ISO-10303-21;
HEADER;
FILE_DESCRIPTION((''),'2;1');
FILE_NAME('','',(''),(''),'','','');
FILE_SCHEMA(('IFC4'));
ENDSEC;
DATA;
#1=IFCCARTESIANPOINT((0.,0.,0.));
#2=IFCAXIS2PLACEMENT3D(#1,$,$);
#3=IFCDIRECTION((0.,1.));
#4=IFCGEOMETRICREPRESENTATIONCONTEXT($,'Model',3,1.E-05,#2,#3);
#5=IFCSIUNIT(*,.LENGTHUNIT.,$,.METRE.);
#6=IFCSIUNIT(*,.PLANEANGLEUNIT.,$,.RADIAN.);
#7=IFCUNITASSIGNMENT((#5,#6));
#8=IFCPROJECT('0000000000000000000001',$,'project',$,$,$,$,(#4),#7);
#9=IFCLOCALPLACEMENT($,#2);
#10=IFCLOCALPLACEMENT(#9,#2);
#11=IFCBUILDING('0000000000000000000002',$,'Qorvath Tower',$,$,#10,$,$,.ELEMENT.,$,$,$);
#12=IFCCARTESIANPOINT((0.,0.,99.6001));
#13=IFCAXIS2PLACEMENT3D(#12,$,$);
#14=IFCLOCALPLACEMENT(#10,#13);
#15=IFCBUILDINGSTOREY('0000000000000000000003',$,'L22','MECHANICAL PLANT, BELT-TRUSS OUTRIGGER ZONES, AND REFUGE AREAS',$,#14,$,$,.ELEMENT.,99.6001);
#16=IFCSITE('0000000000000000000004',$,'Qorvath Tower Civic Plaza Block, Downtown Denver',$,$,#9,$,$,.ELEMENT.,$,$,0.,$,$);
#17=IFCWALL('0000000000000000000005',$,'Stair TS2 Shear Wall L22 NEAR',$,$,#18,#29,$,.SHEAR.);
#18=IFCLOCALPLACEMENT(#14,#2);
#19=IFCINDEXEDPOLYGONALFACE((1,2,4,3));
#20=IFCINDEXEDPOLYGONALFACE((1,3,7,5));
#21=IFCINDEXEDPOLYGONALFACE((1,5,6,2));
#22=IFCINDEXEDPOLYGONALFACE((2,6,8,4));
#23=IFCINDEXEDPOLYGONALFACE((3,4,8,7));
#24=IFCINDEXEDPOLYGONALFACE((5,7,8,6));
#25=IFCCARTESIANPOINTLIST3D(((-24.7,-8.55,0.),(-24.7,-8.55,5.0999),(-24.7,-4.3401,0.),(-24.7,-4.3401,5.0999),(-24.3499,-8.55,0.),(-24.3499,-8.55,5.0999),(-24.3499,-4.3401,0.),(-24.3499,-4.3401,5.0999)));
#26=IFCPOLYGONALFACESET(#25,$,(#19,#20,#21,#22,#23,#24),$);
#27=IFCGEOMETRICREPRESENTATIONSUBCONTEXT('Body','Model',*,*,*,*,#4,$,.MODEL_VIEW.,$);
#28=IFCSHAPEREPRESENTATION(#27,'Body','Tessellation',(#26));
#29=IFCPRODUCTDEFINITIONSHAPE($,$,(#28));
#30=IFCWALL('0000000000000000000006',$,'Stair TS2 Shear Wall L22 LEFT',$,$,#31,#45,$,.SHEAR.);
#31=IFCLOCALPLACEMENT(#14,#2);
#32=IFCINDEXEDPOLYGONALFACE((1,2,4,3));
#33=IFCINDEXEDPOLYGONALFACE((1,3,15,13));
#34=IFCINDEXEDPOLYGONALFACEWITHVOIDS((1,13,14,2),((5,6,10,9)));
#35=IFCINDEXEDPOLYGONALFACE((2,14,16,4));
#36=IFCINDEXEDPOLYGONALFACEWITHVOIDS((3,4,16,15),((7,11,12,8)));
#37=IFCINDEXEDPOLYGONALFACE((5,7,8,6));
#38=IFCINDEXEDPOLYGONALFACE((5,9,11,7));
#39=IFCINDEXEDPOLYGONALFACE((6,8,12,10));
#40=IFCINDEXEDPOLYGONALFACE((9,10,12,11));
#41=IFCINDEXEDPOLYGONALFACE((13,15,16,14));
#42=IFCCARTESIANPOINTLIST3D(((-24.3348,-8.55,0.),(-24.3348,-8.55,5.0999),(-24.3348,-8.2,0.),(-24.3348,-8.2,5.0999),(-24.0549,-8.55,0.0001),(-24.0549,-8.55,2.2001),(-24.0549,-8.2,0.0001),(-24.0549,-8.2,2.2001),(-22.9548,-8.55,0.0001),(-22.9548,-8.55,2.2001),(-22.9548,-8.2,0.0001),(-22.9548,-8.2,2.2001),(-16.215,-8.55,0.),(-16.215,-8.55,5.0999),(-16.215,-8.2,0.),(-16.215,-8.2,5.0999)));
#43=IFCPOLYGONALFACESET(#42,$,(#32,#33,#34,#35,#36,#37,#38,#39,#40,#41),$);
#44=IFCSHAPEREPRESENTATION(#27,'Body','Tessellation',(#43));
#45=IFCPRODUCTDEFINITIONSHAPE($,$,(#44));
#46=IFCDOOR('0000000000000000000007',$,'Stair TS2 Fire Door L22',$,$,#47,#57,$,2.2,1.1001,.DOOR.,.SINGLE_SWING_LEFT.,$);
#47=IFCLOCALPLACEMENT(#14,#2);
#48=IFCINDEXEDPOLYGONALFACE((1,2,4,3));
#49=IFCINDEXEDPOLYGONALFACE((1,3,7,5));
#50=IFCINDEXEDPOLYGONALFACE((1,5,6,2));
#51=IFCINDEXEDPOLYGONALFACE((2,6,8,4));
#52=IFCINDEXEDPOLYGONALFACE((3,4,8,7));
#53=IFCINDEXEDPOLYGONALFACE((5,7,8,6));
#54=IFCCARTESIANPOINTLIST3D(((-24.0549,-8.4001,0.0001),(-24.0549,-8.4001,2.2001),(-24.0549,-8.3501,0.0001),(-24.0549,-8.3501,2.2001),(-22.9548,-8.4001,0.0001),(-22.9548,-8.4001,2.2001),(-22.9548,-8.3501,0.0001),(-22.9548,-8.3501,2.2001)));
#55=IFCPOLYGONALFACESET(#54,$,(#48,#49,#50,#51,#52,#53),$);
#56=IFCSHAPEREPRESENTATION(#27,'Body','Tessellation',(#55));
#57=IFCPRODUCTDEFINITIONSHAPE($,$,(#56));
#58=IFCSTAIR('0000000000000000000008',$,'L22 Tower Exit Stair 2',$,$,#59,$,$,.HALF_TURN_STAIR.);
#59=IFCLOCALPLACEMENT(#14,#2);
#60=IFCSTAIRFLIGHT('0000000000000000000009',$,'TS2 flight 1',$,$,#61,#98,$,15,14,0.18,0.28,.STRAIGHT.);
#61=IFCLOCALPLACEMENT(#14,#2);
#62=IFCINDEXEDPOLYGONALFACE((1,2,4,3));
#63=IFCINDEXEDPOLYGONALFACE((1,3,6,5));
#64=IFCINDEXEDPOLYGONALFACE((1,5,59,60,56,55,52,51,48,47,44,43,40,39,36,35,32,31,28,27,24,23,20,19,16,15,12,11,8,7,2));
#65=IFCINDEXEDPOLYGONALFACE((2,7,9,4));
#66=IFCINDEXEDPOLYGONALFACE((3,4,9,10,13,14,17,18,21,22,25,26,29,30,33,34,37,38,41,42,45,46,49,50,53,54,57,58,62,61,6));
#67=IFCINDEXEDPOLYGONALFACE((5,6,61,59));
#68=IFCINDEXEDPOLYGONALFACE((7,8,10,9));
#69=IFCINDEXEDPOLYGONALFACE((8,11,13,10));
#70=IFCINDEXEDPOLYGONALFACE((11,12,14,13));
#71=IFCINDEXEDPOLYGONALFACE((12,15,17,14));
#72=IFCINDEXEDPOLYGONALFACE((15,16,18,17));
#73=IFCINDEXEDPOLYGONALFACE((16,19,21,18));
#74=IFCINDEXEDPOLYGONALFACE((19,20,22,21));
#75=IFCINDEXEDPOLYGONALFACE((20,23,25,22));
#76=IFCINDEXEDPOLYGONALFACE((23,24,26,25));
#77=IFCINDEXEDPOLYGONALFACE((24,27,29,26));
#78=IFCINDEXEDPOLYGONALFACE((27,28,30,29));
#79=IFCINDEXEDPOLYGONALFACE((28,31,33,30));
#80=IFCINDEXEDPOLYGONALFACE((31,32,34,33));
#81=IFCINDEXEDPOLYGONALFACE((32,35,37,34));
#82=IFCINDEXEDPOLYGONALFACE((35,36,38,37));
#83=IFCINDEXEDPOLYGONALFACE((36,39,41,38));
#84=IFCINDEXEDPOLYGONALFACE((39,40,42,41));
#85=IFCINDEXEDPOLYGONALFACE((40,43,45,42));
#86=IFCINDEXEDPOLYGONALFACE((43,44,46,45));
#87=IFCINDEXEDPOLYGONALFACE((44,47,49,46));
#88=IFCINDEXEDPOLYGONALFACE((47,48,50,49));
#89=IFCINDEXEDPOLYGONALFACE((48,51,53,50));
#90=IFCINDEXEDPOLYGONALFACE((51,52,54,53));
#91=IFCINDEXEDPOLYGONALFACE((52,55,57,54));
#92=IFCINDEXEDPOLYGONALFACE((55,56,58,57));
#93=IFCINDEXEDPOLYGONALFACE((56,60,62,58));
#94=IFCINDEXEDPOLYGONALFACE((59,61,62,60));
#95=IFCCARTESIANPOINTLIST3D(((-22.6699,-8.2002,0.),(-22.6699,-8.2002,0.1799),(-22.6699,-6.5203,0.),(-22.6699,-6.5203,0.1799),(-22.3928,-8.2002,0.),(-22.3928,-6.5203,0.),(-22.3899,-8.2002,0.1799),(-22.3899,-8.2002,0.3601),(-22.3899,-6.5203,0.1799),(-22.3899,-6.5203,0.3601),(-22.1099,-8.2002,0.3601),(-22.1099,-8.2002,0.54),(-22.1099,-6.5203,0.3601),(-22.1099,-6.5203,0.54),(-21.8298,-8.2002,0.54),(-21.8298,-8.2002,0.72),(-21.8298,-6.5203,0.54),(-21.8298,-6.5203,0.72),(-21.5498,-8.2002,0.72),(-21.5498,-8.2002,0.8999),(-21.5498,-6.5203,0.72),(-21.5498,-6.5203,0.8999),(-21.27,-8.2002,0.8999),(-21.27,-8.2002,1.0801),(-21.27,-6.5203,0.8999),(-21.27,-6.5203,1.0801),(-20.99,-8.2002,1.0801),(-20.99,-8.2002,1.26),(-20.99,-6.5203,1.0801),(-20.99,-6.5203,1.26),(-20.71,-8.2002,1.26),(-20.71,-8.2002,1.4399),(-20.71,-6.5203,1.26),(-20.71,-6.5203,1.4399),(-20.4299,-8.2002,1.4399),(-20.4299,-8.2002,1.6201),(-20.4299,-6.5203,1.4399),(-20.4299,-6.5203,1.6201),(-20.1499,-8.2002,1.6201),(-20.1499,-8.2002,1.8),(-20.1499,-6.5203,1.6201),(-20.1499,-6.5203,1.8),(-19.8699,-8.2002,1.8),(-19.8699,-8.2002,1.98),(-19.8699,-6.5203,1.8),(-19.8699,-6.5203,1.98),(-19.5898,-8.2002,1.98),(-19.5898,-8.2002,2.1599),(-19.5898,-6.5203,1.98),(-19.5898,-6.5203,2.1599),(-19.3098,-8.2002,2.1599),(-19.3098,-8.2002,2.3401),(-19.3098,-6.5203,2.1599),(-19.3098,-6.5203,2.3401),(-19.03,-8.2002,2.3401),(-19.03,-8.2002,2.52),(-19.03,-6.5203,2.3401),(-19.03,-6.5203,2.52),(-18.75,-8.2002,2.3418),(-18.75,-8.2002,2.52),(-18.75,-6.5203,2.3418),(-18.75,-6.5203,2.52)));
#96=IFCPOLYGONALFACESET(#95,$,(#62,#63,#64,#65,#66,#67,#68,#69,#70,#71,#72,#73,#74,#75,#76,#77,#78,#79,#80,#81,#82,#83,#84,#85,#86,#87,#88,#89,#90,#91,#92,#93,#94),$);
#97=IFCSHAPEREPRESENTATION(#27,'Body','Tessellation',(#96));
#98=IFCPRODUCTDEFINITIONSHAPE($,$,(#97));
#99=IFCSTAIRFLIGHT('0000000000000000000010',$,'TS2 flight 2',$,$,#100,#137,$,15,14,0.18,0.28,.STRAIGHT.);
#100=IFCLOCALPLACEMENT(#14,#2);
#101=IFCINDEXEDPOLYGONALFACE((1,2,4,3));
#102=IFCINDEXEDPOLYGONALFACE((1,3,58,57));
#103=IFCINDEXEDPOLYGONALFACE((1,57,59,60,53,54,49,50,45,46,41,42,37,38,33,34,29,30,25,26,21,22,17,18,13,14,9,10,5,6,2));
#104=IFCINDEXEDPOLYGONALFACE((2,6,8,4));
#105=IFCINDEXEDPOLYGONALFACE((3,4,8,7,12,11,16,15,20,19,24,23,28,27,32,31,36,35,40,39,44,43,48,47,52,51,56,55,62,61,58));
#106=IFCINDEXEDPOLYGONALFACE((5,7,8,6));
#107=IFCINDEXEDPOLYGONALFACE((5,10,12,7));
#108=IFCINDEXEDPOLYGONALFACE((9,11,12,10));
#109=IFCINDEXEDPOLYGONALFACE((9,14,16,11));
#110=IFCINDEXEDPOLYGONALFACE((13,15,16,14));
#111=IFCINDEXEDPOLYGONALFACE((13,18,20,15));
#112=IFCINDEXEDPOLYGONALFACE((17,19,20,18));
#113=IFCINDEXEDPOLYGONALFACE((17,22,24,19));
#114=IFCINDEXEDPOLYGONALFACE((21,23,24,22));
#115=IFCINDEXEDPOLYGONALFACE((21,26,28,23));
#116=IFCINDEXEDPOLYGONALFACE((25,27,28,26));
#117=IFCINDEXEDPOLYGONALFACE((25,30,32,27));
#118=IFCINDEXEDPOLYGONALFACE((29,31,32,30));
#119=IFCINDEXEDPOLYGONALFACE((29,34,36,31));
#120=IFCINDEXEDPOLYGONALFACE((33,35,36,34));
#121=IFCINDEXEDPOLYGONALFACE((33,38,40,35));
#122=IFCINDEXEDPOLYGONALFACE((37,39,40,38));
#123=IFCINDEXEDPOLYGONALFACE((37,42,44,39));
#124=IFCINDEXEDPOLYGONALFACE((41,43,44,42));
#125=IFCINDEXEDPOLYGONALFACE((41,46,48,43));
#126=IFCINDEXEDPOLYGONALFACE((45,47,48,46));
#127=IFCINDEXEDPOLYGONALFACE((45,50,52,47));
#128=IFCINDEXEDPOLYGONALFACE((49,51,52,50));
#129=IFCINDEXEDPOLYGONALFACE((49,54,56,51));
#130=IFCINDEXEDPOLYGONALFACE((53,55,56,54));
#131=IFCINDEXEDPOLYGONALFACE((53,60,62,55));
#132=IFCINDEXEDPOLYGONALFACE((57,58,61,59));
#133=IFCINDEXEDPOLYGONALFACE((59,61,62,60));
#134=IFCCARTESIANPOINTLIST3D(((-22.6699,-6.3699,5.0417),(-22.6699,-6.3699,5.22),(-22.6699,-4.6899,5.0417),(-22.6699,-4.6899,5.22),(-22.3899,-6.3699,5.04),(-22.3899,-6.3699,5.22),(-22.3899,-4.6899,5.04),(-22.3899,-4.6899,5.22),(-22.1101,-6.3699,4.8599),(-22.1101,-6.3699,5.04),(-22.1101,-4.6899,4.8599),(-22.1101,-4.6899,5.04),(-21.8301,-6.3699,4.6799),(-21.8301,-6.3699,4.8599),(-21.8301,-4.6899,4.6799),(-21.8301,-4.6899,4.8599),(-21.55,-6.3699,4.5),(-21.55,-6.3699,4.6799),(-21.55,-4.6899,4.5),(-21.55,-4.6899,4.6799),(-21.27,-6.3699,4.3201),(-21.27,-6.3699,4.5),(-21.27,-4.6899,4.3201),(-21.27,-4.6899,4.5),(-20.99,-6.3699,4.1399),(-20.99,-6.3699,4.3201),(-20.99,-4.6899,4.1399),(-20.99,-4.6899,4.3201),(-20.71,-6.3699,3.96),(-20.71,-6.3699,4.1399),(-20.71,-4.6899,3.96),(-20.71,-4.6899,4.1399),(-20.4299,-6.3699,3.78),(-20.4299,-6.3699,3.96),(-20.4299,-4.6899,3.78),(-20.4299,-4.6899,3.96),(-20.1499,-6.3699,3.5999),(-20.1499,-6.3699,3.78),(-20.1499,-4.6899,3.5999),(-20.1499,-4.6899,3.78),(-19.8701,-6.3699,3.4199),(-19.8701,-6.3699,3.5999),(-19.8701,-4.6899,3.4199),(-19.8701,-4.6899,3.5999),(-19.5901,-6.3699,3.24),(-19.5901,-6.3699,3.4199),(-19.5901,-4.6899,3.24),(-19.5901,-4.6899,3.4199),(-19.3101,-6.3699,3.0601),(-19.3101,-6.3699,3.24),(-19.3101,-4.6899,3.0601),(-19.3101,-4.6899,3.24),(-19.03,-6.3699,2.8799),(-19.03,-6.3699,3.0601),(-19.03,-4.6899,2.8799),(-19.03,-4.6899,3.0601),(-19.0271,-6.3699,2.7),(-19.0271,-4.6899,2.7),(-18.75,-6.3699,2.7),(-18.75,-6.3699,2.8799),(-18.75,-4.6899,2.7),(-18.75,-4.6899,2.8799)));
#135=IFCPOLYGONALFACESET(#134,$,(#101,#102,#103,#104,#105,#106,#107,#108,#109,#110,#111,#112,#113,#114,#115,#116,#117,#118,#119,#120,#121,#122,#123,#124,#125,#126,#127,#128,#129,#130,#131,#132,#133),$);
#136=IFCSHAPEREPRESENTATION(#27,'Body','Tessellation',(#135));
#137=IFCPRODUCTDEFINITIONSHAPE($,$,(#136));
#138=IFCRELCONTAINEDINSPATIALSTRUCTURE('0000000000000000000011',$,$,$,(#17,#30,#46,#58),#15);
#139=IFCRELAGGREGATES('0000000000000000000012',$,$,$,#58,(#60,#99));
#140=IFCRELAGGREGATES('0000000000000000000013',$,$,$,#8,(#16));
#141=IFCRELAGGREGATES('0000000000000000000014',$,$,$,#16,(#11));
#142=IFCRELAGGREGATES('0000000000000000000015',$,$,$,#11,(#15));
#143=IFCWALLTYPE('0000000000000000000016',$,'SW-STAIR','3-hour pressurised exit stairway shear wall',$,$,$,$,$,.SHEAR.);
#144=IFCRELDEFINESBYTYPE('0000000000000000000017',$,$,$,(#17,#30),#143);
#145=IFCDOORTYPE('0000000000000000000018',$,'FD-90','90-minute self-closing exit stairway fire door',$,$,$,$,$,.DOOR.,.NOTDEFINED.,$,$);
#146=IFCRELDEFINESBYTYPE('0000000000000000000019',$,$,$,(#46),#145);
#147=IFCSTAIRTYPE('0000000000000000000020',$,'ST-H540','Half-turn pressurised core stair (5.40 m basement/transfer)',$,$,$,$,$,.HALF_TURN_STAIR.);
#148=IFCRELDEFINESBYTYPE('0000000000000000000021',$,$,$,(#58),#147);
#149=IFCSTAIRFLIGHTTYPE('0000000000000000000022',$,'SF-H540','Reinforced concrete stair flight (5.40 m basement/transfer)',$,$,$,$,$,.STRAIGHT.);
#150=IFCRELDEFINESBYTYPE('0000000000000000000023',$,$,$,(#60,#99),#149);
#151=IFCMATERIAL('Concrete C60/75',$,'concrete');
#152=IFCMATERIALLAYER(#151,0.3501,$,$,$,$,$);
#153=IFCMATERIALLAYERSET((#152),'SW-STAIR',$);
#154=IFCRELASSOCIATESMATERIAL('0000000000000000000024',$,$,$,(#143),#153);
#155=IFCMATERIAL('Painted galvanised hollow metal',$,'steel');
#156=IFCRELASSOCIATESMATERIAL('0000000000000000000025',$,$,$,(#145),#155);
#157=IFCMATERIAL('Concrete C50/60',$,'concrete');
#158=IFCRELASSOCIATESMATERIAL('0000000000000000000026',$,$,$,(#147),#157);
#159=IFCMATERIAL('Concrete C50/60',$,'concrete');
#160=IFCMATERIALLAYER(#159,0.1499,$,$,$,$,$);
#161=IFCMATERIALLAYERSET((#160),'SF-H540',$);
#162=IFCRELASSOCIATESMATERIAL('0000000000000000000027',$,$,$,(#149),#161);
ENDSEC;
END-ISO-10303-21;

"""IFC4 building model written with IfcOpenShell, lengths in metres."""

from ifc_helpers import new_model, si_unit, direction, frame, frame_2d, origin, place, context, subcontext, project, spatial, polyline, rectangle, outline, extrude, material, layer, layer_set, type_object, element, fill, aggregate, save


model = new_model("IFC4")

# Units and contexts
model_context = context("Model", 3, precision=1e-05, world=origin(), true_north=direction((0.0, 1.0)))
body_context = subcontext(model_context, "Body", "Model", "MODEL_VIEW")
ifc_project = project(units=[si_unit("LENGTHUNIT", "METRE"), si_unit("PLANEANGLEUNIT", "RADIAN")], contexts=[model_context])

# Site, building, storey
site_placement = place(None, origin())
site = spatial("IfcSite", under=ifc_project, at=site_placement, Name="Qorvath Tower Civic Plaza Block, Downtown Denver", CompositionType="ELEMENT", RefElevation=0.0)
building_placement = place(site_placement, origin())
building = spatial("IfcBuilding", under=site, at=building_placement, Name="Qorvath Tower", CompositionType="ELEMENT")
storey_placement = place(building_placement, frame((0.0, 0.0, 99.6001)))
storey = spatial("IfcBuildingStorey", under=building, at=storey_placement, Name="L22", Description="MECHANICAL PLANT, BELT-TRUSS OUTRIGGER ZONES, AND REFUGE AREAS", CompositionType="ELEMENT", Elevation=99.6001)

# Wall
ifc_material_1 = material(Name="Concrete C60/75", Category="concrete")
ifc_layer_1 = layer(ifc_material_1, 0.3501)
ifc_layer_set_1 = layer_set([ifc_layer_1], Name="SW-STAIR")
wall_type_1 = type_object("IfcWallType", Name="SW-STAIR", Description="3-hour pressurised exit stairway shear wall", PredefinedType="SHEAR", material=ifc_layer_set_1)
wall_1_placement = place(storey_placement, frame((-24.5249, -4.3401, 0.0), z_axis=(0.0, 0.0, 1.0), x_axis=(0.0, -1.0, 0.0)))
element("IfcWall", 1, at=wall_1_placement, inside=storey, type_object=wall_type_1, Name="Stair TS2 Shear Wall L22 NEAR", PredefinedType="SHEAR", context=body_context, shape_type="SweptSolid", body=[
    extrude(rectangle(XDim=4.21, YDim=0.3501, at=frame_2d((2.105, 0.0))), origin(), (0.0, 0.0, 1.0), 5.0999),
])

# Wall, opening, door
wall_2_placement = place(storey_placement, frame((-24.335, -8.375, 0.0), z_axis=(0.0, 0.0, 1.0), x_axis=(1.0, 0.0, 0.0)))
wall_2 = element("IfcWall", 2, at=wall_2_placement, inside=storey, type_object=wall_type_1, Name="Stair TS2 Shear Wall L22 LEFT", PredefinedType="SHEAR", context=body_context, shape_type="SweptSolid", body=[
    extrude(rectangle(XDim=8.1199, YDim=0.3501, at=frame_2d((4.0601, 0.0))), origin(), (0.0, 0.0, 1.0), 5.0999),
])
opening_1_placement = place(wall_2_placement, frame((0.28, 0.0, 0.0)))
opening_1 = element("IfcOpeningElement", 3, at=opening_1_placement, cuts=wall_2, PredefinedType="OPENING", context=body_context, shape_type="SweptSolid", body=[
    extrude(rectangle(XDim=1.1001, YDim=2.2, at=frame_2d((0.55, 1.1001))), frame((0.0, 0.1851, 0.0), z_axis=(0.0, -1.0, 0.0), x_axis=(1.0, 0.0, 0.0)), (0.0, 0.0, 1.0), 0.3701),
])
ifc_material_2 = material(Name="Painted galvanised hollow metal", Category="steel")
door_type_1 = type_object("IfcDoorType", Name="FD-90", Description="90-minute self-closing exit stairway fire door", OperationType="NOTDEFINED", PredefinedType="DOOR", material=ifc_material_2)
door_1_placement = place(opening_1_placement, origin())
door_1 = element("IfcDoor", 4, at=door_1_placement, inside=storey, type_object=door_type_1, Name="Stair TS2 Fire Door L22", OperationType="SINGLE_SWING_LEFT", OverallHeight=2.2, OverallWidth=1.1001, PredefinedType="DOOR", context=body_context, shape_type="SweptSolid", body=[
    extrude(rectangle(XDim=1.1001, YDim=2.2, at=frame_2d((0.55, 1.1001))), frame((0.0, 0.0249, 0.0), z_axis=(0.0, -1.0, 0.0), x_axis=(1.0, 0.0, 0.0)), (0.0, 0.0, 1.0), 0.05),
])
fill(opening_1, door_1)

# Stair, stair flights
ifc_material_3 = material(Name="Concrete C50/60", Category="concrete")
stair_type = type_object("IfcStairType", Name="ST-H540", Description="Half-turn pressurised core stair (5.40 m basement/transfer)", PredefinedType="HALF_TURN_STAIR", material=ifc_material_3)
stair_placement = place(storey_placement, origin())
stair = element("IfcStair", 5, at=stair_placement, inside=storey, type_object=stair_type, Name="L22 Tower Exit Stair 2", PredefinedType="HALF_TURN_STAIR")
ifc_material_4 = material(Name="Concrete C50/60", Category="concrete")
ifc_layer_2 = layer(ifc_material_4, 0.1499)
ifc_layer_set_2 = layer_set([ifc_layer_2], Name="SF-H540")
stair_flight_type = type_object("IfcStairFlightType", Name="SF-H540", Description="Reinforced concrete stair flight (5.40 m basement/transfer)", PredefinedType="STRAIGHT", material=ifc_layer_set_2)
stair_flight_1_placement = place(storey_placement, frame((-22.6699, -7.3601, 0.0), z_axis=(0.0, 0.0, 1.0), x_axis=(1.0, 0.0, 0.0)))
stair_flight_1 = element("IfcStairFlight", 6, at=stair_flight_1_placement, type_object=stair_flight_type, Name="TS2 flight 1", NumberOfRisers=15, NumberOfTreads=14, PredefinedType="STRAIGHT", RiserHeight=0.18, TreadLength=0.28, context=body_context, shape_type="SweptSolid", body=[
    extrude(outline(polyline([(0.0, 0.0), (0.0, 0.1799), (0.28, 0.1799), (0.28, 0.3601), (0.5601, 0.3601), (0.5601, 0.54), (0.8401, 0.54), (0.8401, 0.72), (1.1201, 0.72), (1.1201, 0.8999), (1.3999, 0.8999), (1.3999, 1.0801), (1.6799, 1.0801), (1.6799, 1.26), (1.96, 1.26), (1.96, 1.4399), (2.24, 1.4399), (2.24, 1.6201), (2.52, 1.6201), (2.52, 1.8), (2.8, 1.8), (2.8, 1.98), (3.0801, 1.98), (3.0801, 2.1599), (3.3601, 2.1599), (3.3601, 2.3401), (3.6399, 2.3401), (3.6399, 2.52), (3.9199, 2.52), (3.9199, 2.7), (3.9199, 2.3418), (0.2771, 0.0), (0.0, 0.0)])), frame((0.0, 0.8398, 0.0), z_axis=(0.0, -1.0, 0.0), x_axis=(1.0, 0.0, 0.0)), (0.0, 0.0, 1.0), 1.6799),
])
stair_flight_2_placement = place(storey_placement, frame((-18.75, -5.53, 2.7), z_axis=(0.0, 0.0, 1.0), x_axis=(-1.0, 0.0, 0.0)))
stair_flight_2 = element("IfcStairFlight", 7, at=stair_flight_2_placement, type_object=stair_flight_type, Name="TS2 flight 2", NumberOfRisers=15, NumberOfTreads=14, PredefinedType="STRAIGHT", RiserHeight=0.18, TreadLength=0.28, context=body_context, shape_type="SweptSolid", body=[
    extrude(outline(polyline([(0.0, 0.0), (0.0, 0.1799), (0.28, 0.1799), (0.28, 0.3601), (0.5601, 0.3601), (0.5601, 0.54), (0.8401, 0.54), (0.8401, 0.72), (1.1201, 0.72), (1.1201, 0.8999), (1.3999, 0.8999), (1.3999, 1.0801), (1.6799, 1.0801), (1.6799, 1.26), (1.96, 1.26), (1.96, 1.4399), (2.24, 1.4399), (2.24, 1.6201), (2.52, 1.6201), (2.52, 1.8), (2.8, 1.8), (2.8, 1.98), (3.0801, 1.98), (3.0801, 2.1599), (3.3601, 2.1599), (3.3601, 2.3401), (3.6399, 2.3401), (3.6399, 2.52), (3.9199, 2.52), (3.9199, 2.7), (3.9199, 2.3418), (0.2771, 0.0), (0.0, 0.0)])), frame((0.0, 0.8398, 0.0), z_axis=(0.0, -1.0, 0.0), x_axis=(1.0, 0.0, 0.0)), (0.0, 0.0, 1.0), 1.6799),
])
aggregate(stair, [stair_flight_1, stair_flight_2])

save(model, "model.ifc")
